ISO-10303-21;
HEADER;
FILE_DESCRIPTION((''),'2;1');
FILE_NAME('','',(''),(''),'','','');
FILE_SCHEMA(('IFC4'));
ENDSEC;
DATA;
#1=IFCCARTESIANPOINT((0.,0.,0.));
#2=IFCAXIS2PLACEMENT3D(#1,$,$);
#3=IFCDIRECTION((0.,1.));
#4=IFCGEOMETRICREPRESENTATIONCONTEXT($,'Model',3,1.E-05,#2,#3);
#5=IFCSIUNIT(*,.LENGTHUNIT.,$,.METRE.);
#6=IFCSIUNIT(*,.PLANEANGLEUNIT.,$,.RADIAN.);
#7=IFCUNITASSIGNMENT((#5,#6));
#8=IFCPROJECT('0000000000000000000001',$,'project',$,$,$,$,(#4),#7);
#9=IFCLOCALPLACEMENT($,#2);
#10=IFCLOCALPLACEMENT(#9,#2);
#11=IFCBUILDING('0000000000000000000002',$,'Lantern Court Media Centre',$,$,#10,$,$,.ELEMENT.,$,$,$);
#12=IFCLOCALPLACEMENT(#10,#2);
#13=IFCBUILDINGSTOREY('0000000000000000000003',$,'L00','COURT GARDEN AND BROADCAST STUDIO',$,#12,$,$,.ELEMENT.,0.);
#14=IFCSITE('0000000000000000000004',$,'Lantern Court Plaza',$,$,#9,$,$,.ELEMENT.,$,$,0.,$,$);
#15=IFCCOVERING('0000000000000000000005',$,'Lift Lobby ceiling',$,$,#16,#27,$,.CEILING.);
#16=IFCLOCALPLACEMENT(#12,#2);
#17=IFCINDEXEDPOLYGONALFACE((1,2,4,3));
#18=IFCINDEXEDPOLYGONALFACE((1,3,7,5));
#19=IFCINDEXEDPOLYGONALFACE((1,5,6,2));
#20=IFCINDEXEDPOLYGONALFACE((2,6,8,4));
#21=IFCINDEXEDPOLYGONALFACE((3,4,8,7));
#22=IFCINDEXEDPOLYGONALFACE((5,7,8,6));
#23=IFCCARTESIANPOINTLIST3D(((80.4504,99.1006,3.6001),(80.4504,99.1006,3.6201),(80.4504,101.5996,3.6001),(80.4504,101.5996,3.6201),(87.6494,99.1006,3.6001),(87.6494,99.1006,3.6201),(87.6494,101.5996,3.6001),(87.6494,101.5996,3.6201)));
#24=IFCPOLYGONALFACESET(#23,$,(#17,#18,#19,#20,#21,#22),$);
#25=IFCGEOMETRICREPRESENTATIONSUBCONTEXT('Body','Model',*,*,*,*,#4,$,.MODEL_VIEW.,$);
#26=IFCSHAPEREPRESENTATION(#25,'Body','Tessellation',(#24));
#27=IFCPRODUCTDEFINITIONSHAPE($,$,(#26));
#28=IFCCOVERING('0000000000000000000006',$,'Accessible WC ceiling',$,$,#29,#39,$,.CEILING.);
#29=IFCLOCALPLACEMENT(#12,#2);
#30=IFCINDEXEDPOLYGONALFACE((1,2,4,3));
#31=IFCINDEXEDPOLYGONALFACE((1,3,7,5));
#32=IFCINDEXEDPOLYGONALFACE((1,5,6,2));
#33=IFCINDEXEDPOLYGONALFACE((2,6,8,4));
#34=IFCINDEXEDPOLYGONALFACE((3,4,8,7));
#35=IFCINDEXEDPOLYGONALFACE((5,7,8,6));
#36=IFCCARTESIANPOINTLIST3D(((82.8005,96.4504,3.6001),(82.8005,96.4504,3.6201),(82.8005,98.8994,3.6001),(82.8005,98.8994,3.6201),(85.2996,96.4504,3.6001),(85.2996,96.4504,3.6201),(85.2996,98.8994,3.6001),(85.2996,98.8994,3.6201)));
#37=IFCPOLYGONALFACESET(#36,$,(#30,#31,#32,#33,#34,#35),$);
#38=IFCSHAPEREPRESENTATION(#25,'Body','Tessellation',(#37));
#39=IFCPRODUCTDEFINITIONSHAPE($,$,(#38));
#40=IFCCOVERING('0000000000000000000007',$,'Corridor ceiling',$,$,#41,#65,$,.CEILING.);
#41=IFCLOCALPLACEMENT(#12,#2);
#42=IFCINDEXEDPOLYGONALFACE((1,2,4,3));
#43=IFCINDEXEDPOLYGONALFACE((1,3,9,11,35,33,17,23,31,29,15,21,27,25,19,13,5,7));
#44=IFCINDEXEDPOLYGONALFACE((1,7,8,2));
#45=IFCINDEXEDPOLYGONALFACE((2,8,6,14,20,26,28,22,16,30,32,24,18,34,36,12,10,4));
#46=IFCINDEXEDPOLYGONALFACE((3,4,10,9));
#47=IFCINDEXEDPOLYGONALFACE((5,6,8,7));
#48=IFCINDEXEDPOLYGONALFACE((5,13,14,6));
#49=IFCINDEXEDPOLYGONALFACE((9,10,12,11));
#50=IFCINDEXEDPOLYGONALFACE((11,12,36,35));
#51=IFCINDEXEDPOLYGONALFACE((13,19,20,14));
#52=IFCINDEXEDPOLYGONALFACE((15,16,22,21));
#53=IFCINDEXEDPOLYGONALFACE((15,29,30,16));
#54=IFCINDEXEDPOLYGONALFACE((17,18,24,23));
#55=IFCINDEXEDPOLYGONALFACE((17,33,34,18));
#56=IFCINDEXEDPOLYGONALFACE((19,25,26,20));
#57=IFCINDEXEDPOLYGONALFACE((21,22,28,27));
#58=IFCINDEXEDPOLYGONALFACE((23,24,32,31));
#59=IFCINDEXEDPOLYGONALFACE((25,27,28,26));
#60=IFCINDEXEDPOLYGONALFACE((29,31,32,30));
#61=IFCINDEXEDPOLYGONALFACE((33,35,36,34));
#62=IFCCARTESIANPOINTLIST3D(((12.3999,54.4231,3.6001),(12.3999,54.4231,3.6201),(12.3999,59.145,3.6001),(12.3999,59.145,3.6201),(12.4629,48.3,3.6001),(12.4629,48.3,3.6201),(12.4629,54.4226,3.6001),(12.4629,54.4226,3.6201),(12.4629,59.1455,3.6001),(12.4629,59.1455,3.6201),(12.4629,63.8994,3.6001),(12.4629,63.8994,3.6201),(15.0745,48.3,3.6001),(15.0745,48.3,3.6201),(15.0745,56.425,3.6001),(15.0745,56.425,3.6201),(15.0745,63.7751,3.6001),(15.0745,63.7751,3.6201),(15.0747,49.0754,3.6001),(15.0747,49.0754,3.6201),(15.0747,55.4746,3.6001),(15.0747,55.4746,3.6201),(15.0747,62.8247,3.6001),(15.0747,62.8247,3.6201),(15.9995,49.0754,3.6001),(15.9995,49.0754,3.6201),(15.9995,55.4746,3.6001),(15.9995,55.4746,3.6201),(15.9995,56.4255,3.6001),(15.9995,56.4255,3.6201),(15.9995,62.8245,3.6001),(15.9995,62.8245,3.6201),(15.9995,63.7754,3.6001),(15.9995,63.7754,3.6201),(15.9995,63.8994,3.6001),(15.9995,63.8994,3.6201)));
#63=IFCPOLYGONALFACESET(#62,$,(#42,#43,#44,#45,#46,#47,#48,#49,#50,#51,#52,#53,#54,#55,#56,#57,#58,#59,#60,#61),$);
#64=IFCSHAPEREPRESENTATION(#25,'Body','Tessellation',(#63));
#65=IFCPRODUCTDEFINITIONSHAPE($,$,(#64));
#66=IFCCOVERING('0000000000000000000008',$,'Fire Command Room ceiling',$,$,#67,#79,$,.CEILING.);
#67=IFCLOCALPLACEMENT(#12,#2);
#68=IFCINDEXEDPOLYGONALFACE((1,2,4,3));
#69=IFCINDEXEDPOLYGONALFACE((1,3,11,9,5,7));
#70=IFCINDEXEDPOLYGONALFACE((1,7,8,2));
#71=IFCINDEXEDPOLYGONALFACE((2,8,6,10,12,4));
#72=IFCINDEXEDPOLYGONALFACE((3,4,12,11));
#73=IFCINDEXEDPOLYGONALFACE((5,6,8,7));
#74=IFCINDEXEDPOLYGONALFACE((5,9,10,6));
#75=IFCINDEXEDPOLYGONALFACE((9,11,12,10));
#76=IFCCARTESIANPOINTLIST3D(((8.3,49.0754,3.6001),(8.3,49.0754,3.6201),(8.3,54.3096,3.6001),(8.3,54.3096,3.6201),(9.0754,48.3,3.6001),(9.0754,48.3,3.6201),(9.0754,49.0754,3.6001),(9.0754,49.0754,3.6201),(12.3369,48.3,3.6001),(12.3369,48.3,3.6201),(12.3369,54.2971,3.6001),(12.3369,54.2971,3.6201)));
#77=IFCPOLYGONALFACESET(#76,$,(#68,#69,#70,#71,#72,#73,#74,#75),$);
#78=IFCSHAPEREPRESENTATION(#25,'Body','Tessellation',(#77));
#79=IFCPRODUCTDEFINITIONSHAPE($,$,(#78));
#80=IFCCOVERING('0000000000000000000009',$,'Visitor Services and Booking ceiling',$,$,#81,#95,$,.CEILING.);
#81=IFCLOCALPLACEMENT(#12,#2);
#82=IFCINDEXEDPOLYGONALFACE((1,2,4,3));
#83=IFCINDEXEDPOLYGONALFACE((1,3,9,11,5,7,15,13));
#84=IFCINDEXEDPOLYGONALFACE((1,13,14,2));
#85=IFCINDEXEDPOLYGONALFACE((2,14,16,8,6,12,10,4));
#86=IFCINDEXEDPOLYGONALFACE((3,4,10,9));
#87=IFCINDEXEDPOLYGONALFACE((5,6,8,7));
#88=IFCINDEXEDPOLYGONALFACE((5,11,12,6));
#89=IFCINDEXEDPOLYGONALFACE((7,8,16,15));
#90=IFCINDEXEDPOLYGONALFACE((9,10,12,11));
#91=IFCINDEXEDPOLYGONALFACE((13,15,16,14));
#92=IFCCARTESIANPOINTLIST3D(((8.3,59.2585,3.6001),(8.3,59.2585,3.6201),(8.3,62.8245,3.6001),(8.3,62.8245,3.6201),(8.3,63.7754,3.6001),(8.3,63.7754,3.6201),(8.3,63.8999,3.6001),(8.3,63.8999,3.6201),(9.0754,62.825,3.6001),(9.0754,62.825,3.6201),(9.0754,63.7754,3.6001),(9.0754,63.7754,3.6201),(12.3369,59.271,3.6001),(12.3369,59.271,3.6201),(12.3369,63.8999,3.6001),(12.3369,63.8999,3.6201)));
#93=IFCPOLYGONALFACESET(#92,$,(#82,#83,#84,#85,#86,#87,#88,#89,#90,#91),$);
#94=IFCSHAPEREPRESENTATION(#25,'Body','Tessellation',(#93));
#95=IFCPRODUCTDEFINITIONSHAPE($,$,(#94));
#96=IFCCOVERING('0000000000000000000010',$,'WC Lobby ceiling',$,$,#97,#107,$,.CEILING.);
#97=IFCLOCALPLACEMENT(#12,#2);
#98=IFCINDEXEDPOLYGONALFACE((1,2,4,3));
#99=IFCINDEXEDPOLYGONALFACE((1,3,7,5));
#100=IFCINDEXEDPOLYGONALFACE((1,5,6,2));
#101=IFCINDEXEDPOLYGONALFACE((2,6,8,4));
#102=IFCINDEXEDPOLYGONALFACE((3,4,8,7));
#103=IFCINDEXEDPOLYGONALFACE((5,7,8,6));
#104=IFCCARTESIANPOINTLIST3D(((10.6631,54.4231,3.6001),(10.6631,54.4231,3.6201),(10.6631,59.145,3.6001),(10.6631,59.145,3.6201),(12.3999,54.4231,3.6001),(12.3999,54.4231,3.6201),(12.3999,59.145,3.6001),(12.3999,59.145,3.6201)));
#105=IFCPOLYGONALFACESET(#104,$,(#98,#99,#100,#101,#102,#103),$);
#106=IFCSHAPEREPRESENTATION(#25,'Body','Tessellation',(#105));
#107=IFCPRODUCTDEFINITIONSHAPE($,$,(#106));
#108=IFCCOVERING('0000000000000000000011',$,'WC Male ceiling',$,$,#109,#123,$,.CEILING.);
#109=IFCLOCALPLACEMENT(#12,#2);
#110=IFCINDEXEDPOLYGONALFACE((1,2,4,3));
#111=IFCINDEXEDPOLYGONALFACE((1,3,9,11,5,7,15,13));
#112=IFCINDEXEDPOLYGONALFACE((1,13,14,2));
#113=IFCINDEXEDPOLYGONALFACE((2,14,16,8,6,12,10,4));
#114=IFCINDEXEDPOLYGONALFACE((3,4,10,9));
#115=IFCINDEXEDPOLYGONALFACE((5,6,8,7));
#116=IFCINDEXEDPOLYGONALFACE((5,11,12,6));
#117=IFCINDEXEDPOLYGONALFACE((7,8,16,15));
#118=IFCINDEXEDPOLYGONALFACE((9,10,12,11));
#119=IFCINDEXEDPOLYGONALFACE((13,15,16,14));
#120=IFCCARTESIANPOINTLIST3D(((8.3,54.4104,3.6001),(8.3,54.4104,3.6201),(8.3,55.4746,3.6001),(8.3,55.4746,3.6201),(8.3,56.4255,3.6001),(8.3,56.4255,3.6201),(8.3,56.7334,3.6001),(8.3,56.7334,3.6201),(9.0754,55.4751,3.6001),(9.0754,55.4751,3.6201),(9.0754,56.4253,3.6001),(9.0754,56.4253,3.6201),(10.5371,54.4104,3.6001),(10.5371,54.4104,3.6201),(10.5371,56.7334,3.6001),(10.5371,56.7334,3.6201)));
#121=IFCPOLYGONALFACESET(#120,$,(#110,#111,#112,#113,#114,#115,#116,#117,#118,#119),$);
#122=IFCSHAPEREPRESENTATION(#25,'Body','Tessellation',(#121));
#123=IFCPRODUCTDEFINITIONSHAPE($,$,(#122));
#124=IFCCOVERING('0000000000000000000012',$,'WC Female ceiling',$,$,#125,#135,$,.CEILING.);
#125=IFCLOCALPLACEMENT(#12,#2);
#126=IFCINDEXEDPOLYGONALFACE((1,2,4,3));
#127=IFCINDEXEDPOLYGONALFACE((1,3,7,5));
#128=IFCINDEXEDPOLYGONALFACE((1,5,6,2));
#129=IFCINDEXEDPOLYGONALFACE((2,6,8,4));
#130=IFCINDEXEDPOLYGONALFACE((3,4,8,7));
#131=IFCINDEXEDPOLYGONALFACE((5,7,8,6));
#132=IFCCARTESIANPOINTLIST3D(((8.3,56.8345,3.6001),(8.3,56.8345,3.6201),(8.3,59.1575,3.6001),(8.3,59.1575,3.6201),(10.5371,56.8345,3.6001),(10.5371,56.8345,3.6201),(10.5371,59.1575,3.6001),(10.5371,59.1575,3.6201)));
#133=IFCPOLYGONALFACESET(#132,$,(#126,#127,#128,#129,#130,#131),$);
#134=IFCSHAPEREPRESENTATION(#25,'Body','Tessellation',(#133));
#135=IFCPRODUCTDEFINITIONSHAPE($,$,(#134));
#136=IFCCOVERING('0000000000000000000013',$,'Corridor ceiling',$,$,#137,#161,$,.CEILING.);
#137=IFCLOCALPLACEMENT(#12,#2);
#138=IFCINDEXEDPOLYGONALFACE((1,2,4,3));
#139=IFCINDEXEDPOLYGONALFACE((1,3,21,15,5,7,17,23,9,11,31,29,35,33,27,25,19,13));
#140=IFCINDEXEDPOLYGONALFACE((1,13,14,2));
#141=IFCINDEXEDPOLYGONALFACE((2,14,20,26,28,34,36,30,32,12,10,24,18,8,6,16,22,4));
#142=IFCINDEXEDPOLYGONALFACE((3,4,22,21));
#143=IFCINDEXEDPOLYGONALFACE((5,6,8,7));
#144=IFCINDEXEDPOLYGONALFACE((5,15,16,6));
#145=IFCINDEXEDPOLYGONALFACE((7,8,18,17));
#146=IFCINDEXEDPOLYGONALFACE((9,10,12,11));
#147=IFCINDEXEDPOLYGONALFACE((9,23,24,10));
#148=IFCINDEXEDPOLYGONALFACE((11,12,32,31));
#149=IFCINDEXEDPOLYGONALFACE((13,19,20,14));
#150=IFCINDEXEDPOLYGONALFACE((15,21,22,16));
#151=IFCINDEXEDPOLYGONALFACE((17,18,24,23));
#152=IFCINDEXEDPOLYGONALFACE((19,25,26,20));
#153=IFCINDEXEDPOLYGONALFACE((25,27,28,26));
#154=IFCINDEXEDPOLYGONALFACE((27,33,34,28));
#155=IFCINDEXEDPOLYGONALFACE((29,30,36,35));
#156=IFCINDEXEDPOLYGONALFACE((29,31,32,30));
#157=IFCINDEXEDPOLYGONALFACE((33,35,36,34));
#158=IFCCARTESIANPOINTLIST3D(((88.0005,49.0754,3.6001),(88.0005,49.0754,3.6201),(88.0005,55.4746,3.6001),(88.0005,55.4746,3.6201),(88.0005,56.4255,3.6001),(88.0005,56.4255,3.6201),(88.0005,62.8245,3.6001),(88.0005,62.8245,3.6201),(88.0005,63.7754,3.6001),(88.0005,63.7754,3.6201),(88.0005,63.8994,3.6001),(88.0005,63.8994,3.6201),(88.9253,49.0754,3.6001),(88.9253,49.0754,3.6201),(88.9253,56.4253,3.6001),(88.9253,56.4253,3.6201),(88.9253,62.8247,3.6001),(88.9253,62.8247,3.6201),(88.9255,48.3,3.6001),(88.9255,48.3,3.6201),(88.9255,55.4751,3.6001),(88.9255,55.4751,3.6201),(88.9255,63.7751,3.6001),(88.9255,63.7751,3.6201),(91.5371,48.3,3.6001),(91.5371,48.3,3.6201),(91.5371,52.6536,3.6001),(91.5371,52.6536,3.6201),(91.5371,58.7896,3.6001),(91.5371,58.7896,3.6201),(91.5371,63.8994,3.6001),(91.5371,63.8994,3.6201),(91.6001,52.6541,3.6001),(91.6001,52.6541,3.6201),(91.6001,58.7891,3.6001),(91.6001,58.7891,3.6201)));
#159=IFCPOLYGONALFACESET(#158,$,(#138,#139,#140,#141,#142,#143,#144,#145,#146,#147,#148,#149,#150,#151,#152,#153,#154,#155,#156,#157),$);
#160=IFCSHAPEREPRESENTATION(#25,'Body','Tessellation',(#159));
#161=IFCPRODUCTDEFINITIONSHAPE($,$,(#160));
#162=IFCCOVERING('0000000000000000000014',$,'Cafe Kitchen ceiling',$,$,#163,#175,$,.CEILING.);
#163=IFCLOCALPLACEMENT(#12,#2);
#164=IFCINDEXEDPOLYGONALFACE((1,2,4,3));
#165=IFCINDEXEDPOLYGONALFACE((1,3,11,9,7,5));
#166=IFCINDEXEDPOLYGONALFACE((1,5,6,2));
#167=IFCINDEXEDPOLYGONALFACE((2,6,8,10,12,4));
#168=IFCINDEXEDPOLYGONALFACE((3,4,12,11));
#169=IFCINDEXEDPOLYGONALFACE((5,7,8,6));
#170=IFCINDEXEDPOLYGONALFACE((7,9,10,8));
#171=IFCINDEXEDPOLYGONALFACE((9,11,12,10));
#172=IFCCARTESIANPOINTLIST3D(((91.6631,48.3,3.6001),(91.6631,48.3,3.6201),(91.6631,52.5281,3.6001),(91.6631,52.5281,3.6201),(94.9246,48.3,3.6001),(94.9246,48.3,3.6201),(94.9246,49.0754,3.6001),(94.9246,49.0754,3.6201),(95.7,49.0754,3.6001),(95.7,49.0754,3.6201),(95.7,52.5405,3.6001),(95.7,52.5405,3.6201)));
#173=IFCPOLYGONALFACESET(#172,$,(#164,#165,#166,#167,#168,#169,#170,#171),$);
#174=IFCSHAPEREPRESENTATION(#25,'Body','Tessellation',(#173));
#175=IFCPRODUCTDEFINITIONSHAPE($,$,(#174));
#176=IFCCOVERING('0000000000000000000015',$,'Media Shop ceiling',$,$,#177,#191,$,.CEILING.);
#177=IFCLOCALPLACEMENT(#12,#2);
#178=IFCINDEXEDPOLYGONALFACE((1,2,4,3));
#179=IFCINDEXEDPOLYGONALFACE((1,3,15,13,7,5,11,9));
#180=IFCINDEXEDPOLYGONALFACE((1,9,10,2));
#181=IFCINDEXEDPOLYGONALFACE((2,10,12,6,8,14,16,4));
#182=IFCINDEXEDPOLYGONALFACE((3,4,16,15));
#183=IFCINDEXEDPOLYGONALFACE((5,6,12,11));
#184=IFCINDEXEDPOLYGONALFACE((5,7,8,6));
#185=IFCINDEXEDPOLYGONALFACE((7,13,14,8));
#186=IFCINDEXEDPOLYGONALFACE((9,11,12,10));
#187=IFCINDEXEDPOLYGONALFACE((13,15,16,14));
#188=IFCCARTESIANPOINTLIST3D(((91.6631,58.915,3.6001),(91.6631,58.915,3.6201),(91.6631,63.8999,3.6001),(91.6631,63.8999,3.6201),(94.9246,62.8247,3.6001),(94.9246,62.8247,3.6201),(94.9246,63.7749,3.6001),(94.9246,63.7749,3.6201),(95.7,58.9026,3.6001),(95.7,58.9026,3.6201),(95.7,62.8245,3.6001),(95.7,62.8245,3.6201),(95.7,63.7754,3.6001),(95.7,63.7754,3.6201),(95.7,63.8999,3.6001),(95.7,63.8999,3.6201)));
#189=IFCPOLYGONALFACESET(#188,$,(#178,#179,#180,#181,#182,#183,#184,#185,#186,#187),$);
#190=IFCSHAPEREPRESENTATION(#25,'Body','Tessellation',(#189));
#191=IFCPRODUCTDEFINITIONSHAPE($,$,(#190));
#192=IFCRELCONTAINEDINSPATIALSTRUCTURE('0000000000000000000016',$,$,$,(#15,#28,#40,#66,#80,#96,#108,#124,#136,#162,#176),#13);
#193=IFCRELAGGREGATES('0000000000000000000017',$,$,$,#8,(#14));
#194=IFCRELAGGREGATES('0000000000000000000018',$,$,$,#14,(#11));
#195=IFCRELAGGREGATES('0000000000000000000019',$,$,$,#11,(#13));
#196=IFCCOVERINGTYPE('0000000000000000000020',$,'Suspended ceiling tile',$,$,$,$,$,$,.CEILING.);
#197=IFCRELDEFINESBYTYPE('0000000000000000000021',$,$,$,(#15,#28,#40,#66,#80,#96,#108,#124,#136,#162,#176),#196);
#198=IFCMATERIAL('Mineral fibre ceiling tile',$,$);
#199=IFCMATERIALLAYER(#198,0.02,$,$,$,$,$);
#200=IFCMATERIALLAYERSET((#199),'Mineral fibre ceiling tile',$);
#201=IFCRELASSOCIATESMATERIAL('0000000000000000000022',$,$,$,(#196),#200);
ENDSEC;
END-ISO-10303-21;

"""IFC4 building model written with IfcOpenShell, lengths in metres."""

from ifc_helpers import new_model, si_unit, direction, frame, origin, place, context, subcontext, project, spatial, polyline, outline, extrude, material, layer, layer_set, type_object, element, save


model = new_model("IFC4")

# Units and contexts
model_context = context("Model", 3, precision=1e-05, world=origin(), true_north=direction((0.0, 1.0)))
body_context = subcontext(model_context, "Body", "Model", "MODEL_VIEW")
ifc_project = project(units=[si_unit("LENGTHUNIT", "METRE"), si_unit("PLANEANGLEUNIT", "RADIAN")], contexts=[model_context])

# Site, building, storey
site_placement = place(None, origin())
site = spatial("IfcSite", under=ifc_project, at=site_placement, Name="Lantern Court Plaza", CompositionType="ELEMENT", RefElevation=0.0)
building_placement = place(site_placement, origin())
building = spatial("IfcBuilding", under=site, at=building_placement, Name="Lantern Court Media Centre", CompositionType="ELEMENT")
storey_placement = place(building_placement, origin())
storey = spatial("IfcBuildingStorey", under=building, at=storey_placement, Name="L00", Description="COURT GARDEN AND BROADCAST STUDIO", CompositionType="ELEMENT", Elevation=0.0)

# Coverings
ifc_material_1 = material(Name="Mineral fibre ceiling tile")
ifc_layer_1 = layer(ifc_material_1, 0.02)
ifc_layer_set_1 = layer_set([ifc_layer_1], Name="Mineral fibre ceiling tile")
covering_type_1 = type_object("IfcCoveringType", Name="Suspended ceiling tile", PredefinedType="CEILING", material=ifc_layer_set_1)
covering_1_placement = place(storey_placement, frame((0.0, 0.0, 3.6001)))
element("IfcCovering", 1, at=covering_1_placement, inside=storey, type_object=covering_type_1, Name="Lift Lobby ceiling", PredefinedType="CEILING", context=body_context, shape_type="SweptSolid", body=[
    extrude(outline(polyline([(80.4504, 99.1006), (80.4504, 101.5996), (87.6494, 101.5996), (87.6494, 99.1006), (80.4504, 99.1006)])), origin(), (0.0, 0.0, 1.0), 0.02),
])
covering_2_placement = place(storey_placement, frame((0.0, 0.0, 3.6001)))
element("IfcCovering", 2, at=covering_2_placement, inside=storey, type_object=covering_type_1, Name="Accessible WC ceiling", PredefinedType="CEILING", context=body_context, shape_type="SweptSolid", body=[
    extrude(outline(polyline([(82.8005, 96.4504), (82.8005, 98.8994), (85.2996, 98.8994), (85.2996, 96.4504), (82.8005, 96.4504)])), origin(), (0.0, 0.0, 1.0), 0.02),
])
covering_3_placement = place(storey_placement, frame((0.0, 0.0, 3.6001)))
element("IfcCovering", 3, at=covering_3_placement, inside=storey, type_object=covering_type_1, Name="Corridor ceiling", PredefinedType="CEILING", context=body_context, shape_type="SweptSolid", body=[
    extrude(outline(polyline([(12.3999, 59.145), (12.4629, 59.1455), (12.4629, 63.8994), (15.9995, 63.8994), (15.9995, 63.7754), (15.0745, 63.7751), (15.0747, 62.8247), (15.9995, 62.8245), (15.9995, 56.4255), (15.0745, 56.425), (15.0747, 55.4746), (15.9995, 55.4746), (15.9995, 49.0754), (15.0747, 49.0754), (15.0745, 48.3), (12.4629, 48.3), (12.4629, 54.4226), (12.3999, 54.4231), (12.3999, 59.145)])), origin(), (0.0, 0.0, 1.0), 0.02),
])
covering_4_placement = place(storey_placement, frame((0.0, 0.0, 3.6001)))
element("IfcCovering", 4, at=covering_4_placement, inside=storey, type_object=covering_type_1, Name="Fire Command Room ceiling", PredefinedType="CEILING", context=body_context, shape_type="SweptSolid", body=[
    extrude(outline(polyline([(8.3, 54.3096), (12.3369, 54.2971), (12.3369, 48.3), (9.0754, 48.3), (9.0754, 49.0754), (8.3, 49.0754), (8.3, 54.3096)])), origin(), (0.0, 0.0, 1.0), 0.02),
])
covering_5_placement = place(storey_placement, frame((0.0, 0.0, 3.6001)))
element("IfcCovering", 5, at=covering_5_placement, inside=storey, type_object=covering_type_1, Name="Visitor Services and Booking ceiling", PredefinedType="CEILING", context=body_context, shape_type="SweptSolid", body=[
    extrude(outline(polyline([(8.3, 63.8999), (12.3369, 63.8999), (12.3369, 59.271), (8.3, 59.2585), (8.3, 62.8245), (9.0754, 62.825), (9.0754, 63.7754), (8.3, 63.7754), (8.3, 63.8999)])), origin(), (0.0, 0.0, 1.0), 0.02),
])
covering_6_placement = place(storey_placement, frame((0.0, 0.0, 3.6001)))
element("IfcCovering", 6, at=covering_6_placement, inside=storey, type_object=covering_type_1, Name="WC Lobby ceiling", PredefinedType="CEILING", context=body_context, shape_type="SweptSolid", body=[
    extrude(outline(polyline([(12.3999, 54.4231), (10.6631, 54.4231), (10.6631, 59.145), (12.3999, 59.145), (12.3999, 54.4231)])), origin(), (0.0, 0.0, 1.0), 0.02),
])
covering_7_placement = place(storey_placement, frame((0.0, 0.0, 3.6001)))
element("IfcCovering", 7, at=covering_7_placement, inside=storey, type_object=covering_type_1, Name="WC Male ceiling", PredefinedType="CEILING", context=body_context, shape_type="SweptSolid", body=[
    extrude(outline(polyline([(8.3, 56.7334), (10.5371, 56.7334), (10.5371, 54.4104), (8.3, 54.4104), (8.3, 55.4746), (9.0754, 55.4751), (9.0754, 56.4253), (8.3, 56.4255), (8.3, 56.7334)])), origin(), (0.0, 0.0, 1.0), 0.02),
])
covering_8_placement = place(storey_placement, frame((0.0, 0.0, 3.6001)))
element("IfcCovering", 8, at=covering_8_placement, inside=storey, type_object=covering_type_1, Name="WC Female ceiling", PredefinedType="CEILING", context=body_context, shape_type="SweptSolid", body=[
    extrude(outline(polyline([(8.3, 59.1575), (10.5371, 59.1575), (10.5371, 56.8345), (8.3, 56.8345), (8.3, 59.1575)])), origin(), (0.0, 0.0, 1.0), 0.02),
])
covering_9_placement = place(storey_placement, frame((0.0, 0.0, 3.6001)))
element("IfcCovering", 9, at=covering_9_placement, inside=storey, type_object=covering_type_1, Name="Corridor ceiling", PredefinedType="CEILING", context=body_context, shape_type="SweptSolid", body=[
    extrude(outline(polyline([(91.6001, 52.6541), (91.5371, 52.6536), (91.5371, 48.3), (88.9255, 48.3), (88.9253, 49.0754), (88.0005, 49.0754), (88.0005, 55.4746), (88.9255, 55.4751), (88.9253, 56.4253), (88.0005, 56.4255), (88.0005, 62.8245), (88.9253, 62.8247), (88.9255, 63.7751), (88.0005, 63.7754), (88.0005, 63.8994), (91.5371, 63.8994), (91.5371, 58.7896), (91.6001, 58.7891), (91.6001, 52.6541)])), origin(), (0.0, 0.0, 1.0), 0.02),
])
covering_10_placement = place(storey_placement, frame((0.0, 0.0, 3.6001)))
element("IfcCovering", 10, at=covering_10_placement, inside=storey, type_object=covering_type_1, Name="Cafe Kitchen ceiling", PredefinedType="CEILING", context=body_context, shape_type="SweptSolid", body=[
    extrude(outline(polyline([(95.7, 49.0754), (94.9246, 49.0754), (94.9246, 48.3), (91.6631, 48.3), (91.6631, 52.5281), (95.7, 52.5405), (95.7, 49.0754)])), origin(), (0.0, 0.0, 1.0), 0.02),
])
covering_11_placement = place(storey_placement, frame((0.0, 0.0, 3.6001)))
element("IfcCovering", 11, at=covering_11_placement, inside=storey, type_object=covering_type_1, Name="Media Shop ceiling", PredefinedType="CEILING", context=body_context, shape_type="SweptSolid", body=[
    extrude(outline(polyline([(95.7, 58.9026), (91.6631, 58.915), (91.6631, 63.8999), (95.7, 63.8999), (95.7, 63.7754), (94.9246, 63.7749), (94.9246, 62.8247), (95.7, 62.8245), (95.7, 58.9026)])), origin(), (0.0, 0.0, 1.0), 0.02),
])

save(model, "model.ifc")
